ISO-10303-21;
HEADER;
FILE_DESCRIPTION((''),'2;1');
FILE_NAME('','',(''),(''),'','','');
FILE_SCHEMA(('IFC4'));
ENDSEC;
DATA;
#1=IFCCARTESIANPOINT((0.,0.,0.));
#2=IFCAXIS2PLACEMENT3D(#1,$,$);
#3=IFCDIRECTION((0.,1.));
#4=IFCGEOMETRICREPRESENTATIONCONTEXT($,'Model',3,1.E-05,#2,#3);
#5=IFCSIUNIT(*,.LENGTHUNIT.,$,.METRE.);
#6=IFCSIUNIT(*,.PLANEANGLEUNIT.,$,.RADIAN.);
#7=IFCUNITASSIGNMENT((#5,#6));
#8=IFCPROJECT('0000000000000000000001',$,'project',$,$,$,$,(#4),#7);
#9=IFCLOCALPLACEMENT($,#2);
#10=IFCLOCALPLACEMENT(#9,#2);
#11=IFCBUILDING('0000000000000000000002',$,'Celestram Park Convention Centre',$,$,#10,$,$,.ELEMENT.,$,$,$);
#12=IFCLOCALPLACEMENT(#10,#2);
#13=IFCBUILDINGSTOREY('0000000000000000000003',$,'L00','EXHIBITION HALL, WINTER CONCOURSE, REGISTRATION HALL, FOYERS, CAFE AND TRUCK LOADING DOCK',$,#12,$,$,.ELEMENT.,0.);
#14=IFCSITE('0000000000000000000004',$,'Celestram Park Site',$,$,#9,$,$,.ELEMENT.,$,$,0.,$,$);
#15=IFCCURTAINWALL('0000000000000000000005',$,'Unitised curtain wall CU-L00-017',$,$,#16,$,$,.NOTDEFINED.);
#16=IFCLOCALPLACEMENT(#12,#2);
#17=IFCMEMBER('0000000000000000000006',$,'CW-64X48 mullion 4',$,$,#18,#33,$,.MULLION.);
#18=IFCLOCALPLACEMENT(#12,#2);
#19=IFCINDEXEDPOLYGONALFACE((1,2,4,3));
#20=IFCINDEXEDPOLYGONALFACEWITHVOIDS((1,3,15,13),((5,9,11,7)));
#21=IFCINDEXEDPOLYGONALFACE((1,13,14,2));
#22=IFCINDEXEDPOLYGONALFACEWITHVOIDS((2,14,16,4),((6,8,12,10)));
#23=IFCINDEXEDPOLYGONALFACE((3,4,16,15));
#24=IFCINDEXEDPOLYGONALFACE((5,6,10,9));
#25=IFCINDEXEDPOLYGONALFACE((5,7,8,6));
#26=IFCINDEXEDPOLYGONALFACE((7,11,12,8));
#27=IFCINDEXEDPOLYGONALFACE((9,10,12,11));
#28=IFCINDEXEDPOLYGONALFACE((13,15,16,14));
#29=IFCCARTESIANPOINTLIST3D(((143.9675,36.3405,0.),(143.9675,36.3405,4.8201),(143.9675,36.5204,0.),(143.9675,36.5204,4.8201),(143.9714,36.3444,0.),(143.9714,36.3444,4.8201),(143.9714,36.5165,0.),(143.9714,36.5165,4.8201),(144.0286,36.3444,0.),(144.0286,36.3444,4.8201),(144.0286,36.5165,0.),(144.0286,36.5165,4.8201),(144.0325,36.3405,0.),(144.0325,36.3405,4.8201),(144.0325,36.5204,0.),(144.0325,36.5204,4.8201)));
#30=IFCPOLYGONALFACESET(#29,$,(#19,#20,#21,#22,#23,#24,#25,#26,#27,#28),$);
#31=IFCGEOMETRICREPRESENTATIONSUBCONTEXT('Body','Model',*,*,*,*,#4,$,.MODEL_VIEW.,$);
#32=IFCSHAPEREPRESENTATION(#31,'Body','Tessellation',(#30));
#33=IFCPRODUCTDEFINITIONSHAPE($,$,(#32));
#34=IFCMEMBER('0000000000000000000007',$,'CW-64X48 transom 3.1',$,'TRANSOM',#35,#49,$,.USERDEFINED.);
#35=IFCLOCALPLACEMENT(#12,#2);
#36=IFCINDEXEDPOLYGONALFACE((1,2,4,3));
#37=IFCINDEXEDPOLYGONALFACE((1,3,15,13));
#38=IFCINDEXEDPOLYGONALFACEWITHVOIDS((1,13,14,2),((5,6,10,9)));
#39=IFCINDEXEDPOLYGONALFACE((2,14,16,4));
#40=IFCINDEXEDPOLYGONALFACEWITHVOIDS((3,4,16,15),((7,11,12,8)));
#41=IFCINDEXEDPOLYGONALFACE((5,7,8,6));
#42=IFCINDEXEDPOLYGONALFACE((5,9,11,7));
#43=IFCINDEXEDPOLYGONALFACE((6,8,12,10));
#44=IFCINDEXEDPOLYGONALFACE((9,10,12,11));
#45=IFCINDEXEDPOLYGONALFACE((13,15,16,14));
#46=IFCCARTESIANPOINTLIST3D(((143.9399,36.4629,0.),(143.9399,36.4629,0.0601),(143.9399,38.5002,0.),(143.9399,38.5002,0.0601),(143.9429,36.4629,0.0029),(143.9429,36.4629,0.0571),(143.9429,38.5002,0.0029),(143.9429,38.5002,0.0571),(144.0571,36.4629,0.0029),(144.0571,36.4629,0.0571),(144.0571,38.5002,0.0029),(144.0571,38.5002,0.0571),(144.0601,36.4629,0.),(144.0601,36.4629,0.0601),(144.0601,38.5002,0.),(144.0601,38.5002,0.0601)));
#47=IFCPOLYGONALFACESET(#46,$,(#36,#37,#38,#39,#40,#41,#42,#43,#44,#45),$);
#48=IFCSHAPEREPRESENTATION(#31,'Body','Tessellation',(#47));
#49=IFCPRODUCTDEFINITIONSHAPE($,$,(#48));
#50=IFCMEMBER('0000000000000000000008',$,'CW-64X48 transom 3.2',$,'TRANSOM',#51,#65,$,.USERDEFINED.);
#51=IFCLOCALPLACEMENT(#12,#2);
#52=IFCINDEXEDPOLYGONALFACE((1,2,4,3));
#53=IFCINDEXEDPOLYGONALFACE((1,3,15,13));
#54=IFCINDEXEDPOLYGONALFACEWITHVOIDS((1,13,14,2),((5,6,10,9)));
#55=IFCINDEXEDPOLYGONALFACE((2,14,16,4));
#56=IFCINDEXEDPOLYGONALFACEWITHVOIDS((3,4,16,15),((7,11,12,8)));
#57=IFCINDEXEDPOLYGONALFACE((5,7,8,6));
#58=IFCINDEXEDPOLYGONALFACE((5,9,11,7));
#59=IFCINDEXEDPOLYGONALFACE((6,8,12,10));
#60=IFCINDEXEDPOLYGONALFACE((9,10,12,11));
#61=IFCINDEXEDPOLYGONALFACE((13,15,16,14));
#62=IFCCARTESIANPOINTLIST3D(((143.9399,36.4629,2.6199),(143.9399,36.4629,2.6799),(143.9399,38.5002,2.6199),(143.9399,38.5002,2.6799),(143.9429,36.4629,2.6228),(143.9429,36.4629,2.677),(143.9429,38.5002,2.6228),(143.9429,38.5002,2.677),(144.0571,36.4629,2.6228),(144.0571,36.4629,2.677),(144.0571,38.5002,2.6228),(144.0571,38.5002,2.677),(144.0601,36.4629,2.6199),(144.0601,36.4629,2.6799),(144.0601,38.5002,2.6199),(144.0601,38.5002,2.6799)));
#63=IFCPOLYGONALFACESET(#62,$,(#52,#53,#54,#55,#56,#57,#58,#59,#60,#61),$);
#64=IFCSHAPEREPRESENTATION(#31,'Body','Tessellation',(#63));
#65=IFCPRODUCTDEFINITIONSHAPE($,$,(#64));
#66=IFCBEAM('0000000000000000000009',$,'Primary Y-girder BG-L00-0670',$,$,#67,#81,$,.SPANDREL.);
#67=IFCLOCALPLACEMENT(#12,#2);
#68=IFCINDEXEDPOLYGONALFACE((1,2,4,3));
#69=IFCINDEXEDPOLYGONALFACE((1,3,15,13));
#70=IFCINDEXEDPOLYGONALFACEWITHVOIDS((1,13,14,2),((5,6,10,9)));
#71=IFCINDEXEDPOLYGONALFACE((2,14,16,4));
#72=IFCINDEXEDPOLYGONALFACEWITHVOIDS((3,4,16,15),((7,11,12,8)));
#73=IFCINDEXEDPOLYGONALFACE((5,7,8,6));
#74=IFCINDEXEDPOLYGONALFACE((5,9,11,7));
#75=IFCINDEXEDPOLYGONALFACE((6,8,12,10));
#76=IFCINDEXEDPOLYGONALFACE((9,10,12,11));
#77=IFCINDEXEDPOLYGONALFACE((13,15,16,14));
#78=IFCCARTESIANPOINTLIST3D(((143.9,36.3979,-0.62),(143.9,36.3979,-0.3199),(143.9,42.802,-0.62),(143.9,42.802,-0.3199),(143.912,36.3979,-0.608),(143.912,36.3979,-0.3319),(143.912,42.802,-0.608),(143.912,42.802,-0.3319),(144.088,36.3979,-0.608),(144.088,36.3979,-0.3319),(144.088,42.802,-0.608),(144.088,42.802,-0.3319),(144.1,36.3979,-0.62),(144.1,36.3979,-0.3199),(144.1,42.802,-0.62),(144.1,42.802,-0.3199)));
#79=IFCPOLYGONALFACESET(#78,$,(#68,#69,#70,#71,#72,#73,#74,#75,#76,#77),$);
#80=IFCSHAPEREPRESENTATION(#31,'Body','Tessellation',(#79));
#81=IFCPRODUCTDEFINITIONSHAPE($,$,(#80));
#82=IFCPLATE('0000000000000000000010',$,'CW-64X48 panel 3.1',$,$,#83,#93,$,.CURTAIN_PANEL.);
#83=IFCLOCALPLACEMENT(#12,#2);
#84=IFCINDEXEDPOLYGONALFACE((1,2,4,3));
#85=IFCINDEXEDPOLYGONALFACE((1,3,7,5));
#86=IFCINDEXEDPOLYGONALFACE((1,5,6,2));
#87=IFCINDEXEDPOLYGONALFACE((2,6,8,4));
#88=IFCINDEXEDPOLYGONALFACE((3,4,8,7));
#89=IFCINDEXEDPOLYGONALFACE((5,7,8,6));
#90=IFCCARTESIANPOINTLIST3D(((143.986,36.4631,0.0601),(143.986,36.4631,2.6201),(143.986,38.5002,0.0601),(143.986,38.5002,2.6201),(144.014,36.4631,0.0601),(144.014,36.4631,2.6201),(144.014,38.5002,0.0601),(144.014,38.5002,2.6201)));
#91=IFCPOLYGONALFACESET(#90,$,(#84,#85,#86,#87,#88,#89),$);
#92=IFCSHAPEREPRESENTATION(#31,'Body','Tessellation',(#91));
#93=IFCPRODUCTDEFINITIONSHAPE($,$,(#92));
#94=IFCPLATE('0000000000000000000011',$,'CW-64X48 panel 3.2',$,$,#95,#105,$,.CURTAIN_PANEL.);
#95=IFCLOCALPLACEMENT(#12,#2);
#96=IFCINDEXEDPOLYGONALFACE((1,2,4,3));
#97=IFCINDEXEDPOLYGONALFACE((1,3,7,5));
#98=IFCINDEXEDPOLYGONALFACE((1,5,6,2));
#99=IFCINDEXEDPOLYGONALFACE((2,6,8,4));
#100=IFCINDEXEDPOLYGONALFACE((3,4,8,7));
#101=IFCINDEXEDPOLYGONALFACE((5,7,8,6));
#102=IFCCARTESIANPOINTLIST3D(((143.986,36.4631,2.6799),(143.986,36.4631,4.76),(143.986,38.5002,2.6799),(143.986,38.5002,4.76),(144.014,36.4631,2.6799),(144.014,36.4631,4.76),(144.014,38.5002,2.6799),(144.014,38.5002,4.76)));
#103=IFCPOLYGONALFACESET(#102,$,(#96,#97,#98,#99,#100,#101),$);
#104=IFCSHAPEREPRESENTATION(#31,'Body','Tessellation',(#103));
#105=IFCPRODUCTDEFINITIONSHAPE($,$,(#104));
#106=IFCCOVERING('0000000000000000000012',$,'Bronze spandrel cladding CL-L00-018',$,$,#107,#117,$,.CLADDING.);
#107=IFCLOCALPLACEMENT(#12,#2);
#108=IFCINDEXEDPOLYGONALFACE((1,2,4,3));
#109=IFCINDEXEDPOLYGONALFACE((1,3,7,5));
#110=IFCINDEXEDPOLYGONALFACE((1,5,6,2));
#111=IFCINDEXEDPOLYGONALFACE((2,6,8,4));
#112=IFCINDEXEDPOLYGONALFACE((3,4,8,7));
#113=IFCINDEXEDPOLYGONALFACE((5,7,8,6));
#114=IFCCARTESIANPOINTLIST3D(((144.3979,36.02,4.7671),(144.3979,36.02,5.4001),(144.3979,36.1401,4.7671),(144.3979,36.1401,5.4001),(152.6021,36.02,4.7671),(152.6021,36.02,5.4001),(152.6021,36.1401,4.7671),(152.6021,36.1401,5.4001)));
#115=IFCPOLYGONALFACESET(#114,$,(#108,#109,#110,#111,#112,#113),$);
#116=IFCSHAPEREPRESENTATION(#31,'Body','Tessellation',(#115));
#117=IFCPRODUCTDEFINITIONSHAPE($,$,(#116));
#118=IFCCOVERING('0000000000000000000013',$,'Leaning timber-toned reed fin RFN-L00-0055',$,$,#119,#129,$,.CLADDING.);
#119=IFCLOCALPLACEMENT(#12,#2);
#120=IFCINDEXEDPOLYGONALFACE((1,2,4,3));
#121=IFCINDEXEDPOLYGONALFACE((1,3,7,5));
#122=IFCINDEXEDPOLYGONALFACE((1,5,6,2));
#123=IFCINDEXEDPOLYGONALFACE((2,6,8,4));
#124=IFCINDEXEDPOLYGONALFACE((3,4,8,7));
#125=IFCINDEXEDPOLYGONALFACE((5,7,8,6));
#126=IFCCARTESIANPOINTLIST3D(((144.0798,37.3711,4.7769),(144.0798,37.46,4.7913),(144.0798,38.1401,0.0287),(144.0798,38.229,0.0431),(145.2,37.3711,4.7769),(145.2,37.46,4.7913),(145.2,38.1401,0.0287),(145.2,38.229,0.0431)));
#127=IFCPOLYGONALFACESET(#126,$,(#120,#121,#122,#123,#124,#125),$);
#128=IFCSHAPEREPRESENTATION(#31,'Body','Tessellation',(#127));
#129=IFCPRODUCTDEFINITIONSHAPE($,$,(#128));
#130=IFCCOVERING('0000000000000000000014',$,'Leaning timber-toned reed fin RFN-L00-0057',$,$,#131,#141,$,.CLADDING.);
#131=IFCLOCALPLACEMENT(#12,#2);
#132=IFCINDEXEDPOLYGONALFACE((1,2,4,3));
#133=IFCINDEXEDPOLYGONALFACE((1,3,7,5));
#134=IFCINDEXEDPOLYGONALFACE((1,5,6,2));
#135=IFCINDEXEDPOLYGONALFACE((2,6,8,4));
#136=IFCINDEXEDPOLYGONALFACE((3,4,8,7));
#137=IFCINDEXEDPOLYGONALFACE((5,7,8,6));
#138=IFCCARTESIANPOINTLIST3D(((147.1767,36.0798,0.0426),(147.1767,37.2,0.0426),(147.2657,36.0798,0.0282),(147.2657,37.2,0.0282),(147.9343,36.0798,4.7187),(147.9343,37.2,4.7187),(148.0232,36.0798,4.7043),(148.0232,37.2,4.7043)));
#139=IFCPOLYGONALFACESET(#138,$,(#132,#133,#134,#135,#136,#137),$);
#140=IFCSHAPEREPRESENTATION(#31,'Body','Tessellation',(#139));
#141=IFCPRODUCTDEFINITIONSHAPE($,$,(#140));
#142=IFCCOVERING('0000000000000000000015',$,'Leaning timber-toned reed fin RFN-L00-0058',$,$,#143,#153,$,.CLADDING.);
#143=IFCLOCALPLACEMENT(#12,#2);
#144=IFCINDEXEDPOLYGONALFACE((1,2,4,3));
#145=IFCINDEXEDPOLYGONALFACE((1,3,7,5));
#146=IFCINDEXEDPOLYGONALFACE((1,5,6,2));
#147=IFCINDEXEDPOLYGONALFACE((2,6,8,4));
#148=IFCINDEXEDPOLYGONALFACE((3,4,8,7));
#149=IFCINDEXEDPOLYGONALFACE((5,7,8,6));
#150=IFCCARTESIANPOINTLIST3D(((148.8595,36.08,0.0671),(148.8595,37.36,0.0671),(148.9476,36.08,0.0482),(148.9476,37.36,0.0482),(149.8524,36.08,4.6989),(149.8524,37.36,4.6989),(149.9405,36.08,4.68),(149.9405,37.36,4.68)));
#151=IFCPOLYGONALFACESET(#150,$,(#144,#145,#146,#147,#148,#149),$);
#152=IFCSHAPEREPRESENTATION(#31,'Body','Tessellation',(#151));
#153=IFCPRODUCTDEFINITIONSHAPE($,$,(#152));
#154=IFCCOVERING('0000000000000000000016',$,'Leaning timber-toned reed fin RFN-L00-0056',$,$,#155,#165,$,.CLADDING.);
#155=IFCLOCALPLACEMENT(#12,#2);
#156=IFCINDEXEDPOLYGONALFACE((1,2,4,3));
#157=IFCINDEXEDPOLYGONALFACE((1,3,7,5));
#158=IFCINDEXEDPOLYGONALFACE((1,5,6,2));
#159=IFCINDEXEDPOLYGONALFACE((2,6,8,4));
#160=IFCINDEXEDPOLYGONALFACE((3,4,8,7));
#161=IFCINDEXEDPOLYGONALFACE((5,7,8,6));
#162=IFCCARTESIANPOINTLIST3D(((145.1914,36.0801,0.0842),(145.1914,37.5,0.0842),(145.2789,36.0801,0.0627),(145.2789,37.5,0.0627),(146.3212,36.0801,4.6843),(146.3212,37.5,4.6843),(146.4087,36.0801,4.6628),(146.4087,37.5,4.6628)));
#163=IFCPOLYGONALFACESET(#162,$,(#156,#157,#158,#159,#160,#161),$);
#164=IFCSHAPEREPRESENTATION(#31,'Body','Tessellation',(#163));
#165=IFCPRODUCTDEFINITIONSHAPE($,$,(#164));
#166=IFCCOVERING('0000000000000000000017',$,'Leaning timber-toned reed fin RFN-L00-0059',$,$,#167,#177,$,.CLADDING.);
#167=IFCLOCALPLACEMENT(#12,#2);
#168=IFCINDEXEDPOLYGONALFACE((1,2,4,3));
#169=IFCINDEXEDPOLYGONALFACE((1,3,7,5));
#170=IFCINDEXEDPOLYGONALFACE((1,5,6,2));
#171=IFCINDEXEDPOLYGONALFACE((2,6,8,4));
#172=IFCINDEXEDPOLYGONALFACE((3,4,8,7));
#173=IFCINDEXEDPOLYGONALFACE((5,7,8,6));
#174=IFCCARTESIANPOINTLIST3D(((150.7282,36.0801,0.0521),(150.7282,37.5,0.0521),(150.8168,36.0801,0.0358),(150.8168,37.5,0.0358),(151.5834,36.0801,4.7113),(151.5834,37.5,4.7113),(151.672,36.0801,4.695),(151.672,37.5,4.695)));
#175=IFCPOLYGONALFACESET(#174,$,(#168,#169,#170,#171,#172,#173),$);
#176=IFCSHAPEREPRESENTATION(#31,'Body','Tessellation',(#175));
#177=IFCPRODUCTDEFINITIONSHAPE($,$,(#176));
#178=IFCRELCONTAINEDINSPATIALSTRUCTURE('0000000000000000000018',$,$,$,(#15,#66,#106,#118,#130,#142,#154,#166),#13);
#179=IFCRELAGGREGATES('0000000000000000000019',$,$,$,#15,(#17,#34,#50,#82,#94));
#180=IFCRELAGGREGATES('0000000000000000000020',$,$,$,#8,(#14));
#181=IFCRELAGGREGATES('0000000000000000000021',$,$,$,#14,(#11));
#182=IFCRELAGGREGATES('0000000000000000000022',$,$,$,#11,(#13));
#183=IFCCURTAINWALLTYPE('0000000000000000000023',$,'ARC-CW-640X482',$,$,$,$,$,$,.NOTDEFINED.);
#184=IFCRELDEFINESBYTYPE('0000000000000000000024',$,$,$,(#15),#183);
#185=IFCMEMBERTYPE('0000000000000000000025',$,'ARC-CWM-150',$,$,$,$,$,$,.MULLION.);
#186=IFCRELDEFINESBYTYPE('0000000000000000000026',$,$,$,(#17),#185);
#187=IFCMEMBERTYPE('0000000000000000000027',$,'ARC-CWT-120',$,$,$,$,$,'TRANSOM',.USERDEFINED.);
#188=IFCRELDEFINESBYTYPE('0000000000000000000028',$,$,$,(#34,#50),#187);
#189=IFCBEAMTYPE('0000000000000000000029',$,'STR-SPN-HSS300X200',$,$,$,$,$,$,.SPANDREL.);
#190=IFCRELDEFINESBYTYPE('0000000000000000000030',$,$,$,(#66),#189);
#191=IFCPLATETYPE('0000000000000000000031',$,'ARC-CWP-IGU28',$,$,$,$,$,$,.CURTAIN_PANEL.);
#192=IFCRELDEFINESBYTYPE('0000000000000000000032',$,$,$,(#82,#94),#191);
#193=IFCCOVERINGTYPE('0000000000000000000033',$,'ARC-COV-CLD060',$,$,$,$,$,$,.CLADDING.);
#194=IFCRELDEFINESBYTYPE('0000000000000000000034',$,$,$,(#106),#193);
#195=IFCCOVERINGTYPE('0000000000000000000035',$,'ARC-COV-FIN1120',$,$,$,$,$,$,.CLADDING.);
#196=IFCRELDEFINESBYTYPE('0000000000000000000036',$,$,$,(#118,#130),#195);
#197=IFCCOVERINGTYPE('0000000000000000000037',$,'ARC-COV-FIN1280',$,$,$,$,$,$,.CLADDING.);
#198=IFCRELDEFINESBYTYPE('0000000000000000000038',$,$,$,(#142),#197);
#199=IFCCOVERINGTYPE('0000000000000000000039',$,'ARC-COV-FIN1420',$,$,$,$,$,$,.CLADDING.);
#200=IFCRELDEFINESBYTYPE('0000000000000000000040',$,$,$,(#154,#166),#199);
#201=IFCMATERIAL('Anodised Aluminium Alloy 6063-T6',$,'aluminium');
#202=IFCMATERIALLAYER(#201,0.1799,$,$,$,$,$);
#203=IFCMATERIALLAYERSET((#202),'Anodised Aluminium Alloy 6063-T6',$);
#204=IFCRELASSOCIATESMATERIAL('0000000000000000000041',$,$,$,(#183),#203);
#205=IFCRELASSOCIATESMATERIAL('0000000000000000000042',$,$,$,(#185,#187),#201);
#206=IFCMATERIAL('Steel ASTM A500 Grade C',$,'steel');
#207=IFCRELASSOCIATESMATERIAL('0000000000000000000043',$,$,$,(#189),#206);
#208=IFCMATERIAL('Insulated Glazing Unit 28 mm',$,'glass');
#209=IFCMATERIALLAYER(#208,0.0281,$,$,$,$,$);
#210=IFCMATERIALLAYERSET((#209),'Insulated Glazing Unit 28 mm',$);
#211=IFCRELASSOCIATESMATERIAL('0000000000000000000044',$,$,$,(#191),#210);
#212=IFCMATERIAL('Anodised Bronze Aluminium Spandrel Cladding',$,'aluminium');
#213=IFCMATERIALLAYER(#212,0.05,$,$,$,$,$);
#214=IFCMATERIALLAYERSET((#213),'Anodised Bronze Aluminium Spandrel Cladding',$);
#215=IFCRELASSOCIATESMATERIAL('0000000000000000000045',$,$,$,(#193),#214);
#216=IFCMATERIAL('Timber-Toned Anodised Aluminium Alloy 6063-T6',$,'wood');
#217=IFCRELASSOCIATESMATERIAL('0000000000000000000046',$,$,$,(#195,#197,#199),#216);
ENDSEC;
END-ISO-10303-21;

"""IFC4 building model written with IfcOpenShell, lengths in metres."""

from ifc_helpers import new_model, si_unit, direction, frame, origin, origin_2d, place, context, subcontext, project, spatial, rectangle, hollow_rectangle, extrude, material, layer, layer_set, material_profile, profile_set, type_object, element, aggregate, save


model = new_model("IFC4")

# Units and contexts
model_context = context("Model", 3, precision=1e-05, world=origin(), true_north=direction((0.0, 1.0)))
body_context = subcontext(model_context, "Body", "Model", "MODEL_VIEW")
ifc_project = project(units=[si_unit("LENGTHUNIT", "METRE"), si_unit("PLANEANGLEUNIT", "RADIAN")], contexts=[model_context])

# Site, building, storey
site_placement = place(None, origin())
site = spatial("IfcSite", under=ifc_project, at=site_placement, Name="Celestram Park Site", CompositionType="ELEMENT", RefElevation=0.0)
building_placement = place(site_placement, origin())
building = spatial("IfcBuilding", under=site, at=building_placement, Name="Celestram Park Convention Centre", CompositionType="ELEMENT")
storey_placement = place(building_placement, origin())
storey = spatial("IfcBuildingStorey", under=building, at=storey_placement, Name="L00", Description="EXHIBITION HALL, WINTER CONCOURSE, REGISTRATION HALL, FOYERS, CAFE AND TRUCK LOADING DOCK", CompositionType="ELEMENT", Elevation=0.0)

# Curtain wall, members
ifc_material_1 = material(Name="Anodised Aluminium Alloy 6063-T6", Category="aluminium")
ifc_layer_1 = layer(ifc_material_1, 0.1799)
ifc_layer_set_1 = layer_set([ifc_layer_1], Name="Anodised Aluminium Alloy 6063-T6")
curtain_wall_type = type_object("IfcCurtainWallType", Name="ARC-CW-640X482", PredefinedType="NOTDEFINED", material=ifc_layer_set_1)
curtain_wall_placement = place(storey_placement, origin())
curtain_wall = element("IfcCurtainWall", 1, at=curtain_wall_placement, inside=storey, type_object=curtain_wall_type, Name="Unitised curtain wall CU-L00-017", PredefinedType="NOTDEFINED")
ifc_material_profile_1 = material_profile(ifc_material_1, hollow_rectangle(XDim=0.0649, YDim=0.1799, WallThickness=0.0039, at=origin_2d()), Name="ALU65X180X4")
ifc_profile_set_1 = profile_set([ifc_material_profile_1], Name="Anodised Aluminium Alloy 6063-T6")
member_type_1 = type_object("IfcMemberType", Name="ARC-CWM-150", PredefinedType="MULLION", material=ifc_profile_set_1)
member_1_placement = place(storey_placement, frame((144.0, 36.4304, 0.0), z_axis=(0.0, 0.0, 1.0), x_axis=(1.0, 0.0, 0.0)))
member_1 = element("IfcMember", 2, at=member_1_placement, type_object=member_type_1, Name="CW-64X48 mullion 4", PredefinedType="MULLION", context=body_context, shape_type="SweptSolid", body=[
    extrude(hollow_rectangle(XDim=0.0649, YDim=0.1799, WallThickness=0.0039, at=origin_2d()), origin(), (0.0, 0.0, 1.0), 4.8201),
])
ifc_material_profile_2 = material_profile(ifc_material_1, hollow_rectangle(XDim=0.1201, YDim=0.0601, WallThickness=0.0029, at=origin_2d()), Name="ALU120X60X3")
ifc_profile_set_2 = profile_set([ifc_material_profile_2], Name="Anodised Aluminium Alloy 6063-T6")
member_type_2 = type_object("IfcMemberType", Name="ARC-CWT-120", ElementType="TRANSOM", PredefinedType="USERDEFINED", material=ifc_profile_set_2)
member_2_placement = place(storey_placement, frame((144.0, 38.5002, 0.03), z_axis=(0.0, -1.0, 0.0), x_axis=(1.0, 0.0, 0.0)))
member_2 = element("IfcMember", 3, at=member_2_placement, type_object=member_type_2, Name="CW-64X48 transom 3.1", ObjectType="TRANSOM", PredefinedType="USERDEFINED", context=body_context, shape_type="SweptSolid", body=[
    extrude(hollow_rectangle(XDim=0.1201, YDim=0.0601, WallThickness=0.0029, at=origin_2d()), origin(), (0.0, 0.0, 1.0), 2.0374),
])
member_3_placement = place(storey_placement, frame((144.0, 38.5002, 2.6499), z_axis=(0.0, -1.0, 0.0), x_axis=(1.0, 0.0, 0.0)))
member_3 = element("IfcMember", 4, at=member_3_placement, type_object=member_type_2, Name="CW-64X48 transom 3.2", ObjectType="TRANSOM", PredefinedType="USERDEFINED", context=body_context, shape_type="SweptSolid", body=[
    extrude(hollow_rectangle(XDim=0.1201, YDim=0.0601, WallThickness=0.0029, at=origin_2d()), origin(), (0.0, 0.0, 1.0), 2.0374),
])

# Beam
ifc_material_2 = material(Name="Steel ASTM A500 Grade C", Category="steel")
ifc_material_profile_3 = material_profile(ifc_material_2, hollow_rectangle(XDim=0.2, YDim=0.3, WallThickness=0.012, at=origin_2d()), Name="HSS300X200X12")
ifc_profile_set_3 = profile_set([ifc_material_profile_3], Name="Steel ASTM A500 Grade C")
beam_type = type_object("IfcBeamType", Name="STR-SPN-HSS300X200", PredefinedType="SPANDREL", material=ifc_profile_set_3)
beam_placement = place(storey_placement, frame((144.0, 36.3979, -0.47), z_axis=(0.0, 1.0, 0.0), x_axis=(-1.0, 0.0, 0.0)))
element("IfcBeam", 5, at=beam_placement, inside=storey, type_object=beam_type, Name="Primary Y-girder BG-L00-0670", PredefinedType="SPANDREL", context=body_context, shape_type="SweptSolid", body=[
    extrude(hollow_rectangle(XDim=0.2, YDim=0.3, WallThickness=0.012, at=origin_2d()), origin(), (0.0, 0.0, 1.0), 6.4041),
])

# Plates
ifc_material_3 = material(Name="Insulated Glazing Unit 28 mm", Category="glass")
ifc_layer_2 = layer(ifc_material_3, 0.0281)
ifc_layer_set_2 = layer_set([ifc_layer_2], Name="Insulated Glazing Unit 28 mm")
plate_type = type_object("IfcPlateType", Name="ARC-CWP-IGU28", PredefinedType="CURTAIN_PANEL", material=ifc_layer_set_2)
plate_1_placement = place(storey_placement, frame((144.0, 37.4817, 0.0601), z_axis=(0.0, 0.0, 1.0), x_axis=(0.0, -1.0, 0.0)))
plate_1 = element("IfcPlate", 6, at=plate_1_placement, type_object=plate_type, Name="CW-64X48 panel 3.1", PredefinedType="CURTAIN_PANEL", context=body_context, shape_type="SweptSolid", body=[
    extrude(rectangle(XDim=2.0371, YDim=0.0281, at=origin_2d()), origin(), (0.0, 0.0, 1.0), 2.5601),
])
plate_2_placement = place(storey_placement, frame((144.0, 37.4817, 2.6799), z_axis=(0.0, 0.0, 1.0), x_axis=(0.0, -1.0, 0.0)))
plate_2 = element("IfcPlate", 7, at=plate_2_placement, type_object=plate_type, Name="CW-64X48 panel 3.2", PredefinedType="CURTAIN_PANEL", context=body_context, shape_type="SweptSolid", body=[
    extrude(rectangle(XDim=2.0371, YDim=0.0281, at=origin_2d()), origin(), (0.0, 0.0, 1.0), 2.0801),
])
aggregate(curtain_wall, [member_1, member_2, member_3, plate_1, plate_2])

# Coverings
ifc_material_4 = material(Name="Anodised Bronze Aluminium Spandrel Cladding", Category="aluminium")
ifc_layer_3 = layer(ifc_material_4, 0.05)
ifc_layer_set_3 = layer_set([ifc_layer_3], Name="Anodised Bronze Aluminium Spandrel Cladding")
covering_type_1 = type_object("IfcCoveringType", Name="ARC-COV-CLD060", PredefinedType="CLADDING", material=ifc_layer_set_3)
covering_1_placement = place(storey_placement, frame((148.5, 36.0801, 4.7671), z_axis=(0.0, 0.0, 1.0), x_axis=(1.0, 0.0, 0.0)))
element("IfcCovering", 8, at=covering_1_placement, inside=storey, type_object=covering_type_1, Name="Bronze spandrel cladding CL-L00-018", PredefinedType="CLADDING", context=body_context, shape_type="SweptSolid", body=[
    extrude(rectangle(XDim=8.2041, YDim=0.1201, at=origin_2d()), origin(), (0.0, 0.0, 1.0), 0.6331),
])
ifc_material_5 = material(Name="Timber-Toned Anodised Aluminium Alloy 6063-T6", Category="wood")
ifc_material_profile_4 = material_profile(ifc_material_5, rectangle(XDim=1.1201, YDim=0.0901, at=origin_2d()), Name="REED1120X90")
ifc_profile_set_4 = profile_set([ifc_material_profile_4], Name="Timber-Toned Anodised Aluminium Alloy 6063-T6")
covering_type_2 = type_object("IfcCoveringType", Name="ARC-COV-FIN1120", PredefinedType="CLADDING", material=ifc_profile_set_4)
covering_2_placement = place(storey_placement, frame((144.6399, 38.1846, 0.0359), z_axis=(0.0, -0.159879, 0.987137), x_axis=(1.0, 0.0, 0.0)))
element("IfcCovering", 9, at=covering_2_placement, inside=storey, type_object=covering_type_2, Name="Leaning timber-toned reed fin RFN-L00-0055", PredefinedType="CLADDING", context=body_context, shape_type="SweptSolid", body=[
    extrude(rectangle(XDim=1.1201, YDim=0.0901, at=origin_2d()), origin(), (0.0, 0.0, 1.0), 4.8101),
])
covering_3_placement = place(storey_placement, frame((147.2212, 36.6399, 0.0354), z_axis=(0.159926, 0.0, 0.987129), x_axis=(0.0, 1.0, 0.0)))
element("IfcCovering", 10, at=covering_3_placement, inside=storey, type_object=covering_type_2, Name="Leaning timber-toned reed fin RFN-L00-0057", PredefinedType="CLADDING", context=body_context, shape_type="SweptSolid", body=[
    extrude(rectangle(XDim=1.1201, YDim=0.0901, at=origin_2d()), origin(), (0.0, 0.0, 1.0), 4.7371),
])
ifc_material_profile_5 = material_profile(ifc_material_5, rectangle(XDim=1.28, YDim=0.0901, at=origin_2d()), Name="REED1280X90")
ifc_profile_set_5 = profile_set([ifc_material_profile_5], Name="Timber-Toned Anodised Aluminium Alloy 6063-T6")
covering_type_3 = type_object("IfcCoveringType", Name="ARC-COV-FIN1280", PredefinedType="CLADDING", material=ifc_profile_set_5)
covering_4_placement = place(storey_placement, frame((148.9036, 36.72, 0.0576), z_axis=(0.209607, 0.0, 0.977786), x_axis=(0.0, 1.0, 0.0)))
element("IfcCovering", 11, at=covering_4_placement, inside=storey, type_object=covering_type_3, Name="Leaning timber-toned reed fin RFN-L00-0058", PredefinedType="CLADDING", context=body_context, shape_type="SweptSolid", body=[
    extrude(rectangle(XDim=1.28, YDim=0.0901, at=origin_2d()), origin(), (0.0, 0.0, 1.0), 4.7371),
])
ifc_material_profile_6 = material_profile(ifc_material_5, rectangle(XDim=1.4199, YDim=0.0901, at=origin_2d()), Name="REED1420X90")
ifc_profile_set_6 = profile_set([ifc_material_profile_6], Name="Timber-Toned Anodised Aluminium Alloy 6063-T6")
covering_type_4 = type_object("IfcCoveringType", Name="ARC-COV-FIN1420", PredefinedType="CLADDING", material=ifc_profile_set_6)
covering_5_placement = place(storey_placement, frame((145.2351, 36.79, 0.0735), z_axis=(0.238532, 0.0, 0.971135), x_axis=(0.0, 1.0, 0.0)))
element("IfcCovering", 12, at=covering_5_placement, inside=storey, type_object=covering_type_4, Name="Leaning timber-toned reed fin RFN-L00-0056", PredefinedType="CLADDING", context=body_context, shape_type="SweptSolid", body=[
    extrude(rectangle(XDim=1.4199, YDim=0.0901, at=origin_2d()), origin(), (0.0, 0.0, 1.0), 4.7368),
])
covering_6_placement = place(storey_placement, frame((150.7725, 36.79, 0.0439), z_axis=(0.180541, 0.0, 0.983568), x_axis=(0.0, 1.0, 0.0)))
element("IfcCovering", 13, at=covering_6_placement, inside=storey, type_object=covering_type_4, Name="Leaning timber-toned reed fin RFN-L00-0059", PredefinedType="CLADDING", context=body_context, shape_type="SweptSolid", body=[
    extrude(rectangle(XDim=1.4199, YDim=0.0901, at=origin_2d()), origin(), (0.0, 0.0, 1.0), 4.7371),
])

save(model, "model.ifc")
